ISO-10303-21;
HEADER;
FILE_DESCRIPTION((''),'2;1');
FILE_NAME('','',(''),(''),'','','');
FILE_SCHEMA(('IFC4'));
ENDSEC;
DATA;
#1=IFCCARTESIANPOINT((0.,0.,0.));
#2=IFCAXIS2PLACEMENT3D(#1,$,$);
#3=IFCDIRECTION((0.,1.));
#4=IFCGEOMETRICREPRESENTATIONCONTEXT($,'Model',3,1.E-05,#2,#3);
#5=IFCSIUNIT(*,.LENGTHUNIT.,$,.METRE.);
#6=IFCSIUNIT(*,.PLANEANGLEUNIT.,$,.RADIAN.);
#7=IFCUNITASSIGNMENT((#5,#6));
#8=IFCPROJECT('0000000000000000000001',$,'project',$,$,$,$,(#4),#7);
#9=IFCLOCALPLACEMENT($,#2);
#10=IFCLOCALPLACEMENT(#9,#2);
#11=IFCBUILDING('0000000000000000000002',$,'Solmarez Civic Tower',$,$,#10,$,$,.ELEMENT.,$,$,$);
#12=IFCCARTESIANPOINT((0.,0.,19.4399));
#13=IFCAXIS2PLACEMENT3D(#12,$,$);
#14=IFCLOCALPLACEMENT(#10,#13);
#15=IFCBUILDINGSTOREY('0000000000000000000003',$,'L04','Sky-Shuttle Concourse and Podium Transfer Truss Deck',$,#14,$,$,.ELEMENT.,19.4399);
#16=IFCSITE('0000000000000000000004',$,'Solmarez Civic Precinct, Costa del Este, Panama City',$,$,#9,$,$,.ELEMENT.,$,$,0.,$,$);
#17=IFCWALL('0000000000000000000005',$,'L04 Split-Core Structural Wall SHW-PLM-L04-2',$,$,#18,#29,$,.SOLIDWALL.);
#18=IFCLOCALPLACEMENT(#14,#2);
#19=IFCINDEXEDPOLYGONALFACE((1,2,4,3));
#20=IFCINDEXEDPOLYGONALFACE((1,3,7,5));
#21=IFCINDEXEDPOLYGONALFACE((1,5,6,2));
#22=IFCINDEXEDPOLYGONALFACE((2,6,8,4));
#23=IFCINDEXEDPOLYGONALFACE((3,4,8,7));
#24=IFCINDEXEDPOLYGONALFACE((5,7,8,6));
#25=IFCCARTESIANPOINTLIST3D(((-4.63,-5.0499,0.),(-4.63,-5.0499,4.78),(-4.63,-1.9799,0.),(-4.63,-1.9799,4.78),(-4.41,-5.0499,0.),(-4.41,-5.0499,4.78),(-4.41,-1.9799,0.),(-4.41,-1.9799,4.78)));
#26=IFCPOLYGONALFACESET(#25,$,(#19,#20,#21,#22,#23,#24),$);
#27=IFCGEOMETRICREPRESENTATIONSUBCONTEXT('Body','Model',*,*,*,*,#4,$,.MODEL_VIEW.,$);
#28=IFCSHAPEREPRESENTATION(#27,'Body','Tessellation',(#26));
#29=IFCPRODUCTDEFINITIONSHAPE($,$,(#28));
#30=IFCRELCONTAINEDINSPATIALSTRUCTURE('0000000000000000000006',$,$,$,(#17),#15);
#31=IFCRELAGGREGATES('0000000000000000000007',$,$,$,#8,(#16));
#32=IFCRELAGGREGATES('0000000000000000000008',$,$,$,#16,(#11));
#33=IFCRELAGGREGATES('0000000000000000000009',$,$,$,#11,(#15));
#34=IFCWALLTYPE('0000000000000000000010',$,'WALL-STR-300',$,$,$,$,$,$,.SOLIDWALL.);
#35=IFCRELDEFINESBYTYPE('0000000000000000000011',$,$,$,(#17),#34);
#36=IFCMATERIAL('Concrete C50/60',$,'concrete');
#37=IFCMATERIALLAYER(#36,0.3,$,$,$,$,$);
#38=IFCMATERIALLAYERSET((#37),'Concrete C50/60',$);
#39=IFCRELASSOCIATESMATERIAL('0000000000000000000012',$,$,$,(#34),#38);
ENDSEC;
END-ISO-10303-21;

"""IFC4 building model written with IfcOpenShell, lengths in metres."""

from ifc_helpers import new_model, si_unit, direction, frame, frame_2d, origin, place, context, subcontext, project, spatial, rectangle, extrude, material, layer, layer_set, type_object, element, save


model = new_model("IFC4")

# Units and contexts
model_context = context("Model", 3, precision=1e-05, world=origin(), true_north=direction((0.0, 1.0)))
body_context = subcontext(model_context, "Body", "Model", "MODEL_VIEW")
ifc_project = project(units=[si_unit("LENGTHUNIT", "METRE"), si_unit("PLANEANGLEUNIT", "RADIAN")], contexts=[model_context])

# Site, building, storey
site_placement = place(None, origin())
site = spatial("IfcSite", under=ifc_project, at=site_placement, Name="Solmarez Civic Precinct, Costa del Este, Panama City", CompositionType="ELEMENT", RefElevation=0.0)
building_placement = place(site_placement, origin())
building = spatial("IfcBuilding", under=site, at=building_placement, Name="Solmarez Civic Tower", CompositionType="ELEMENT")
storey_placement = place(building_placement, frame((0.0, 0.0, 19.4399)))
storey = spatial("IfcBuildingStorey", under=building, at=storey_placement, Name="L04", Description="Sky-Shuttle Concourse and Podium Transfer Truss Deck", CompositionType="ELEMENT", Elevation=19.4399)

# Shared definitions
ifc_material_1 = material(Name="Concrete C50/60", Category="concrete")
ifc_layer_1 = layer(ifc_material_1, 0.3)
ifc_layer_set_1 = layer_set([ifc_layer_1], Name="Concrete C50/60")
wall_type_1 = type_object("IfcWallType", Name="WALL-STR-300", PredefinedType="SOLIDWALL", material=ifc_layer_set_1)

# Wall
for number, where, z_axis, x_axis, name in (
    (1, (-4.52, -5.05, 0.0), (0.0, 0.0, 1.0), (0.0, 1.0, 0.0), "L04 Split-Core Structural Wall SHW-PLM-L04-2"),
):
    element("IfcWall", number, at=place(storey_placement, frame(where, z_axis=z_axis, x_axis=x_axis)), inside=storey, type_object=wall_type_1, Name=name, PredefinedType="SOLIDWALL", context=body_context, shape_type="SweptSolid", body=[
        extrude(rectangle(XDim=3.0701, YDim=0.22, at=frame_2d((1.5352, 0.0))), origin(), (0.0, 0.0, 1.0), 4.78),
    ])

save(model, "model.ifc")
